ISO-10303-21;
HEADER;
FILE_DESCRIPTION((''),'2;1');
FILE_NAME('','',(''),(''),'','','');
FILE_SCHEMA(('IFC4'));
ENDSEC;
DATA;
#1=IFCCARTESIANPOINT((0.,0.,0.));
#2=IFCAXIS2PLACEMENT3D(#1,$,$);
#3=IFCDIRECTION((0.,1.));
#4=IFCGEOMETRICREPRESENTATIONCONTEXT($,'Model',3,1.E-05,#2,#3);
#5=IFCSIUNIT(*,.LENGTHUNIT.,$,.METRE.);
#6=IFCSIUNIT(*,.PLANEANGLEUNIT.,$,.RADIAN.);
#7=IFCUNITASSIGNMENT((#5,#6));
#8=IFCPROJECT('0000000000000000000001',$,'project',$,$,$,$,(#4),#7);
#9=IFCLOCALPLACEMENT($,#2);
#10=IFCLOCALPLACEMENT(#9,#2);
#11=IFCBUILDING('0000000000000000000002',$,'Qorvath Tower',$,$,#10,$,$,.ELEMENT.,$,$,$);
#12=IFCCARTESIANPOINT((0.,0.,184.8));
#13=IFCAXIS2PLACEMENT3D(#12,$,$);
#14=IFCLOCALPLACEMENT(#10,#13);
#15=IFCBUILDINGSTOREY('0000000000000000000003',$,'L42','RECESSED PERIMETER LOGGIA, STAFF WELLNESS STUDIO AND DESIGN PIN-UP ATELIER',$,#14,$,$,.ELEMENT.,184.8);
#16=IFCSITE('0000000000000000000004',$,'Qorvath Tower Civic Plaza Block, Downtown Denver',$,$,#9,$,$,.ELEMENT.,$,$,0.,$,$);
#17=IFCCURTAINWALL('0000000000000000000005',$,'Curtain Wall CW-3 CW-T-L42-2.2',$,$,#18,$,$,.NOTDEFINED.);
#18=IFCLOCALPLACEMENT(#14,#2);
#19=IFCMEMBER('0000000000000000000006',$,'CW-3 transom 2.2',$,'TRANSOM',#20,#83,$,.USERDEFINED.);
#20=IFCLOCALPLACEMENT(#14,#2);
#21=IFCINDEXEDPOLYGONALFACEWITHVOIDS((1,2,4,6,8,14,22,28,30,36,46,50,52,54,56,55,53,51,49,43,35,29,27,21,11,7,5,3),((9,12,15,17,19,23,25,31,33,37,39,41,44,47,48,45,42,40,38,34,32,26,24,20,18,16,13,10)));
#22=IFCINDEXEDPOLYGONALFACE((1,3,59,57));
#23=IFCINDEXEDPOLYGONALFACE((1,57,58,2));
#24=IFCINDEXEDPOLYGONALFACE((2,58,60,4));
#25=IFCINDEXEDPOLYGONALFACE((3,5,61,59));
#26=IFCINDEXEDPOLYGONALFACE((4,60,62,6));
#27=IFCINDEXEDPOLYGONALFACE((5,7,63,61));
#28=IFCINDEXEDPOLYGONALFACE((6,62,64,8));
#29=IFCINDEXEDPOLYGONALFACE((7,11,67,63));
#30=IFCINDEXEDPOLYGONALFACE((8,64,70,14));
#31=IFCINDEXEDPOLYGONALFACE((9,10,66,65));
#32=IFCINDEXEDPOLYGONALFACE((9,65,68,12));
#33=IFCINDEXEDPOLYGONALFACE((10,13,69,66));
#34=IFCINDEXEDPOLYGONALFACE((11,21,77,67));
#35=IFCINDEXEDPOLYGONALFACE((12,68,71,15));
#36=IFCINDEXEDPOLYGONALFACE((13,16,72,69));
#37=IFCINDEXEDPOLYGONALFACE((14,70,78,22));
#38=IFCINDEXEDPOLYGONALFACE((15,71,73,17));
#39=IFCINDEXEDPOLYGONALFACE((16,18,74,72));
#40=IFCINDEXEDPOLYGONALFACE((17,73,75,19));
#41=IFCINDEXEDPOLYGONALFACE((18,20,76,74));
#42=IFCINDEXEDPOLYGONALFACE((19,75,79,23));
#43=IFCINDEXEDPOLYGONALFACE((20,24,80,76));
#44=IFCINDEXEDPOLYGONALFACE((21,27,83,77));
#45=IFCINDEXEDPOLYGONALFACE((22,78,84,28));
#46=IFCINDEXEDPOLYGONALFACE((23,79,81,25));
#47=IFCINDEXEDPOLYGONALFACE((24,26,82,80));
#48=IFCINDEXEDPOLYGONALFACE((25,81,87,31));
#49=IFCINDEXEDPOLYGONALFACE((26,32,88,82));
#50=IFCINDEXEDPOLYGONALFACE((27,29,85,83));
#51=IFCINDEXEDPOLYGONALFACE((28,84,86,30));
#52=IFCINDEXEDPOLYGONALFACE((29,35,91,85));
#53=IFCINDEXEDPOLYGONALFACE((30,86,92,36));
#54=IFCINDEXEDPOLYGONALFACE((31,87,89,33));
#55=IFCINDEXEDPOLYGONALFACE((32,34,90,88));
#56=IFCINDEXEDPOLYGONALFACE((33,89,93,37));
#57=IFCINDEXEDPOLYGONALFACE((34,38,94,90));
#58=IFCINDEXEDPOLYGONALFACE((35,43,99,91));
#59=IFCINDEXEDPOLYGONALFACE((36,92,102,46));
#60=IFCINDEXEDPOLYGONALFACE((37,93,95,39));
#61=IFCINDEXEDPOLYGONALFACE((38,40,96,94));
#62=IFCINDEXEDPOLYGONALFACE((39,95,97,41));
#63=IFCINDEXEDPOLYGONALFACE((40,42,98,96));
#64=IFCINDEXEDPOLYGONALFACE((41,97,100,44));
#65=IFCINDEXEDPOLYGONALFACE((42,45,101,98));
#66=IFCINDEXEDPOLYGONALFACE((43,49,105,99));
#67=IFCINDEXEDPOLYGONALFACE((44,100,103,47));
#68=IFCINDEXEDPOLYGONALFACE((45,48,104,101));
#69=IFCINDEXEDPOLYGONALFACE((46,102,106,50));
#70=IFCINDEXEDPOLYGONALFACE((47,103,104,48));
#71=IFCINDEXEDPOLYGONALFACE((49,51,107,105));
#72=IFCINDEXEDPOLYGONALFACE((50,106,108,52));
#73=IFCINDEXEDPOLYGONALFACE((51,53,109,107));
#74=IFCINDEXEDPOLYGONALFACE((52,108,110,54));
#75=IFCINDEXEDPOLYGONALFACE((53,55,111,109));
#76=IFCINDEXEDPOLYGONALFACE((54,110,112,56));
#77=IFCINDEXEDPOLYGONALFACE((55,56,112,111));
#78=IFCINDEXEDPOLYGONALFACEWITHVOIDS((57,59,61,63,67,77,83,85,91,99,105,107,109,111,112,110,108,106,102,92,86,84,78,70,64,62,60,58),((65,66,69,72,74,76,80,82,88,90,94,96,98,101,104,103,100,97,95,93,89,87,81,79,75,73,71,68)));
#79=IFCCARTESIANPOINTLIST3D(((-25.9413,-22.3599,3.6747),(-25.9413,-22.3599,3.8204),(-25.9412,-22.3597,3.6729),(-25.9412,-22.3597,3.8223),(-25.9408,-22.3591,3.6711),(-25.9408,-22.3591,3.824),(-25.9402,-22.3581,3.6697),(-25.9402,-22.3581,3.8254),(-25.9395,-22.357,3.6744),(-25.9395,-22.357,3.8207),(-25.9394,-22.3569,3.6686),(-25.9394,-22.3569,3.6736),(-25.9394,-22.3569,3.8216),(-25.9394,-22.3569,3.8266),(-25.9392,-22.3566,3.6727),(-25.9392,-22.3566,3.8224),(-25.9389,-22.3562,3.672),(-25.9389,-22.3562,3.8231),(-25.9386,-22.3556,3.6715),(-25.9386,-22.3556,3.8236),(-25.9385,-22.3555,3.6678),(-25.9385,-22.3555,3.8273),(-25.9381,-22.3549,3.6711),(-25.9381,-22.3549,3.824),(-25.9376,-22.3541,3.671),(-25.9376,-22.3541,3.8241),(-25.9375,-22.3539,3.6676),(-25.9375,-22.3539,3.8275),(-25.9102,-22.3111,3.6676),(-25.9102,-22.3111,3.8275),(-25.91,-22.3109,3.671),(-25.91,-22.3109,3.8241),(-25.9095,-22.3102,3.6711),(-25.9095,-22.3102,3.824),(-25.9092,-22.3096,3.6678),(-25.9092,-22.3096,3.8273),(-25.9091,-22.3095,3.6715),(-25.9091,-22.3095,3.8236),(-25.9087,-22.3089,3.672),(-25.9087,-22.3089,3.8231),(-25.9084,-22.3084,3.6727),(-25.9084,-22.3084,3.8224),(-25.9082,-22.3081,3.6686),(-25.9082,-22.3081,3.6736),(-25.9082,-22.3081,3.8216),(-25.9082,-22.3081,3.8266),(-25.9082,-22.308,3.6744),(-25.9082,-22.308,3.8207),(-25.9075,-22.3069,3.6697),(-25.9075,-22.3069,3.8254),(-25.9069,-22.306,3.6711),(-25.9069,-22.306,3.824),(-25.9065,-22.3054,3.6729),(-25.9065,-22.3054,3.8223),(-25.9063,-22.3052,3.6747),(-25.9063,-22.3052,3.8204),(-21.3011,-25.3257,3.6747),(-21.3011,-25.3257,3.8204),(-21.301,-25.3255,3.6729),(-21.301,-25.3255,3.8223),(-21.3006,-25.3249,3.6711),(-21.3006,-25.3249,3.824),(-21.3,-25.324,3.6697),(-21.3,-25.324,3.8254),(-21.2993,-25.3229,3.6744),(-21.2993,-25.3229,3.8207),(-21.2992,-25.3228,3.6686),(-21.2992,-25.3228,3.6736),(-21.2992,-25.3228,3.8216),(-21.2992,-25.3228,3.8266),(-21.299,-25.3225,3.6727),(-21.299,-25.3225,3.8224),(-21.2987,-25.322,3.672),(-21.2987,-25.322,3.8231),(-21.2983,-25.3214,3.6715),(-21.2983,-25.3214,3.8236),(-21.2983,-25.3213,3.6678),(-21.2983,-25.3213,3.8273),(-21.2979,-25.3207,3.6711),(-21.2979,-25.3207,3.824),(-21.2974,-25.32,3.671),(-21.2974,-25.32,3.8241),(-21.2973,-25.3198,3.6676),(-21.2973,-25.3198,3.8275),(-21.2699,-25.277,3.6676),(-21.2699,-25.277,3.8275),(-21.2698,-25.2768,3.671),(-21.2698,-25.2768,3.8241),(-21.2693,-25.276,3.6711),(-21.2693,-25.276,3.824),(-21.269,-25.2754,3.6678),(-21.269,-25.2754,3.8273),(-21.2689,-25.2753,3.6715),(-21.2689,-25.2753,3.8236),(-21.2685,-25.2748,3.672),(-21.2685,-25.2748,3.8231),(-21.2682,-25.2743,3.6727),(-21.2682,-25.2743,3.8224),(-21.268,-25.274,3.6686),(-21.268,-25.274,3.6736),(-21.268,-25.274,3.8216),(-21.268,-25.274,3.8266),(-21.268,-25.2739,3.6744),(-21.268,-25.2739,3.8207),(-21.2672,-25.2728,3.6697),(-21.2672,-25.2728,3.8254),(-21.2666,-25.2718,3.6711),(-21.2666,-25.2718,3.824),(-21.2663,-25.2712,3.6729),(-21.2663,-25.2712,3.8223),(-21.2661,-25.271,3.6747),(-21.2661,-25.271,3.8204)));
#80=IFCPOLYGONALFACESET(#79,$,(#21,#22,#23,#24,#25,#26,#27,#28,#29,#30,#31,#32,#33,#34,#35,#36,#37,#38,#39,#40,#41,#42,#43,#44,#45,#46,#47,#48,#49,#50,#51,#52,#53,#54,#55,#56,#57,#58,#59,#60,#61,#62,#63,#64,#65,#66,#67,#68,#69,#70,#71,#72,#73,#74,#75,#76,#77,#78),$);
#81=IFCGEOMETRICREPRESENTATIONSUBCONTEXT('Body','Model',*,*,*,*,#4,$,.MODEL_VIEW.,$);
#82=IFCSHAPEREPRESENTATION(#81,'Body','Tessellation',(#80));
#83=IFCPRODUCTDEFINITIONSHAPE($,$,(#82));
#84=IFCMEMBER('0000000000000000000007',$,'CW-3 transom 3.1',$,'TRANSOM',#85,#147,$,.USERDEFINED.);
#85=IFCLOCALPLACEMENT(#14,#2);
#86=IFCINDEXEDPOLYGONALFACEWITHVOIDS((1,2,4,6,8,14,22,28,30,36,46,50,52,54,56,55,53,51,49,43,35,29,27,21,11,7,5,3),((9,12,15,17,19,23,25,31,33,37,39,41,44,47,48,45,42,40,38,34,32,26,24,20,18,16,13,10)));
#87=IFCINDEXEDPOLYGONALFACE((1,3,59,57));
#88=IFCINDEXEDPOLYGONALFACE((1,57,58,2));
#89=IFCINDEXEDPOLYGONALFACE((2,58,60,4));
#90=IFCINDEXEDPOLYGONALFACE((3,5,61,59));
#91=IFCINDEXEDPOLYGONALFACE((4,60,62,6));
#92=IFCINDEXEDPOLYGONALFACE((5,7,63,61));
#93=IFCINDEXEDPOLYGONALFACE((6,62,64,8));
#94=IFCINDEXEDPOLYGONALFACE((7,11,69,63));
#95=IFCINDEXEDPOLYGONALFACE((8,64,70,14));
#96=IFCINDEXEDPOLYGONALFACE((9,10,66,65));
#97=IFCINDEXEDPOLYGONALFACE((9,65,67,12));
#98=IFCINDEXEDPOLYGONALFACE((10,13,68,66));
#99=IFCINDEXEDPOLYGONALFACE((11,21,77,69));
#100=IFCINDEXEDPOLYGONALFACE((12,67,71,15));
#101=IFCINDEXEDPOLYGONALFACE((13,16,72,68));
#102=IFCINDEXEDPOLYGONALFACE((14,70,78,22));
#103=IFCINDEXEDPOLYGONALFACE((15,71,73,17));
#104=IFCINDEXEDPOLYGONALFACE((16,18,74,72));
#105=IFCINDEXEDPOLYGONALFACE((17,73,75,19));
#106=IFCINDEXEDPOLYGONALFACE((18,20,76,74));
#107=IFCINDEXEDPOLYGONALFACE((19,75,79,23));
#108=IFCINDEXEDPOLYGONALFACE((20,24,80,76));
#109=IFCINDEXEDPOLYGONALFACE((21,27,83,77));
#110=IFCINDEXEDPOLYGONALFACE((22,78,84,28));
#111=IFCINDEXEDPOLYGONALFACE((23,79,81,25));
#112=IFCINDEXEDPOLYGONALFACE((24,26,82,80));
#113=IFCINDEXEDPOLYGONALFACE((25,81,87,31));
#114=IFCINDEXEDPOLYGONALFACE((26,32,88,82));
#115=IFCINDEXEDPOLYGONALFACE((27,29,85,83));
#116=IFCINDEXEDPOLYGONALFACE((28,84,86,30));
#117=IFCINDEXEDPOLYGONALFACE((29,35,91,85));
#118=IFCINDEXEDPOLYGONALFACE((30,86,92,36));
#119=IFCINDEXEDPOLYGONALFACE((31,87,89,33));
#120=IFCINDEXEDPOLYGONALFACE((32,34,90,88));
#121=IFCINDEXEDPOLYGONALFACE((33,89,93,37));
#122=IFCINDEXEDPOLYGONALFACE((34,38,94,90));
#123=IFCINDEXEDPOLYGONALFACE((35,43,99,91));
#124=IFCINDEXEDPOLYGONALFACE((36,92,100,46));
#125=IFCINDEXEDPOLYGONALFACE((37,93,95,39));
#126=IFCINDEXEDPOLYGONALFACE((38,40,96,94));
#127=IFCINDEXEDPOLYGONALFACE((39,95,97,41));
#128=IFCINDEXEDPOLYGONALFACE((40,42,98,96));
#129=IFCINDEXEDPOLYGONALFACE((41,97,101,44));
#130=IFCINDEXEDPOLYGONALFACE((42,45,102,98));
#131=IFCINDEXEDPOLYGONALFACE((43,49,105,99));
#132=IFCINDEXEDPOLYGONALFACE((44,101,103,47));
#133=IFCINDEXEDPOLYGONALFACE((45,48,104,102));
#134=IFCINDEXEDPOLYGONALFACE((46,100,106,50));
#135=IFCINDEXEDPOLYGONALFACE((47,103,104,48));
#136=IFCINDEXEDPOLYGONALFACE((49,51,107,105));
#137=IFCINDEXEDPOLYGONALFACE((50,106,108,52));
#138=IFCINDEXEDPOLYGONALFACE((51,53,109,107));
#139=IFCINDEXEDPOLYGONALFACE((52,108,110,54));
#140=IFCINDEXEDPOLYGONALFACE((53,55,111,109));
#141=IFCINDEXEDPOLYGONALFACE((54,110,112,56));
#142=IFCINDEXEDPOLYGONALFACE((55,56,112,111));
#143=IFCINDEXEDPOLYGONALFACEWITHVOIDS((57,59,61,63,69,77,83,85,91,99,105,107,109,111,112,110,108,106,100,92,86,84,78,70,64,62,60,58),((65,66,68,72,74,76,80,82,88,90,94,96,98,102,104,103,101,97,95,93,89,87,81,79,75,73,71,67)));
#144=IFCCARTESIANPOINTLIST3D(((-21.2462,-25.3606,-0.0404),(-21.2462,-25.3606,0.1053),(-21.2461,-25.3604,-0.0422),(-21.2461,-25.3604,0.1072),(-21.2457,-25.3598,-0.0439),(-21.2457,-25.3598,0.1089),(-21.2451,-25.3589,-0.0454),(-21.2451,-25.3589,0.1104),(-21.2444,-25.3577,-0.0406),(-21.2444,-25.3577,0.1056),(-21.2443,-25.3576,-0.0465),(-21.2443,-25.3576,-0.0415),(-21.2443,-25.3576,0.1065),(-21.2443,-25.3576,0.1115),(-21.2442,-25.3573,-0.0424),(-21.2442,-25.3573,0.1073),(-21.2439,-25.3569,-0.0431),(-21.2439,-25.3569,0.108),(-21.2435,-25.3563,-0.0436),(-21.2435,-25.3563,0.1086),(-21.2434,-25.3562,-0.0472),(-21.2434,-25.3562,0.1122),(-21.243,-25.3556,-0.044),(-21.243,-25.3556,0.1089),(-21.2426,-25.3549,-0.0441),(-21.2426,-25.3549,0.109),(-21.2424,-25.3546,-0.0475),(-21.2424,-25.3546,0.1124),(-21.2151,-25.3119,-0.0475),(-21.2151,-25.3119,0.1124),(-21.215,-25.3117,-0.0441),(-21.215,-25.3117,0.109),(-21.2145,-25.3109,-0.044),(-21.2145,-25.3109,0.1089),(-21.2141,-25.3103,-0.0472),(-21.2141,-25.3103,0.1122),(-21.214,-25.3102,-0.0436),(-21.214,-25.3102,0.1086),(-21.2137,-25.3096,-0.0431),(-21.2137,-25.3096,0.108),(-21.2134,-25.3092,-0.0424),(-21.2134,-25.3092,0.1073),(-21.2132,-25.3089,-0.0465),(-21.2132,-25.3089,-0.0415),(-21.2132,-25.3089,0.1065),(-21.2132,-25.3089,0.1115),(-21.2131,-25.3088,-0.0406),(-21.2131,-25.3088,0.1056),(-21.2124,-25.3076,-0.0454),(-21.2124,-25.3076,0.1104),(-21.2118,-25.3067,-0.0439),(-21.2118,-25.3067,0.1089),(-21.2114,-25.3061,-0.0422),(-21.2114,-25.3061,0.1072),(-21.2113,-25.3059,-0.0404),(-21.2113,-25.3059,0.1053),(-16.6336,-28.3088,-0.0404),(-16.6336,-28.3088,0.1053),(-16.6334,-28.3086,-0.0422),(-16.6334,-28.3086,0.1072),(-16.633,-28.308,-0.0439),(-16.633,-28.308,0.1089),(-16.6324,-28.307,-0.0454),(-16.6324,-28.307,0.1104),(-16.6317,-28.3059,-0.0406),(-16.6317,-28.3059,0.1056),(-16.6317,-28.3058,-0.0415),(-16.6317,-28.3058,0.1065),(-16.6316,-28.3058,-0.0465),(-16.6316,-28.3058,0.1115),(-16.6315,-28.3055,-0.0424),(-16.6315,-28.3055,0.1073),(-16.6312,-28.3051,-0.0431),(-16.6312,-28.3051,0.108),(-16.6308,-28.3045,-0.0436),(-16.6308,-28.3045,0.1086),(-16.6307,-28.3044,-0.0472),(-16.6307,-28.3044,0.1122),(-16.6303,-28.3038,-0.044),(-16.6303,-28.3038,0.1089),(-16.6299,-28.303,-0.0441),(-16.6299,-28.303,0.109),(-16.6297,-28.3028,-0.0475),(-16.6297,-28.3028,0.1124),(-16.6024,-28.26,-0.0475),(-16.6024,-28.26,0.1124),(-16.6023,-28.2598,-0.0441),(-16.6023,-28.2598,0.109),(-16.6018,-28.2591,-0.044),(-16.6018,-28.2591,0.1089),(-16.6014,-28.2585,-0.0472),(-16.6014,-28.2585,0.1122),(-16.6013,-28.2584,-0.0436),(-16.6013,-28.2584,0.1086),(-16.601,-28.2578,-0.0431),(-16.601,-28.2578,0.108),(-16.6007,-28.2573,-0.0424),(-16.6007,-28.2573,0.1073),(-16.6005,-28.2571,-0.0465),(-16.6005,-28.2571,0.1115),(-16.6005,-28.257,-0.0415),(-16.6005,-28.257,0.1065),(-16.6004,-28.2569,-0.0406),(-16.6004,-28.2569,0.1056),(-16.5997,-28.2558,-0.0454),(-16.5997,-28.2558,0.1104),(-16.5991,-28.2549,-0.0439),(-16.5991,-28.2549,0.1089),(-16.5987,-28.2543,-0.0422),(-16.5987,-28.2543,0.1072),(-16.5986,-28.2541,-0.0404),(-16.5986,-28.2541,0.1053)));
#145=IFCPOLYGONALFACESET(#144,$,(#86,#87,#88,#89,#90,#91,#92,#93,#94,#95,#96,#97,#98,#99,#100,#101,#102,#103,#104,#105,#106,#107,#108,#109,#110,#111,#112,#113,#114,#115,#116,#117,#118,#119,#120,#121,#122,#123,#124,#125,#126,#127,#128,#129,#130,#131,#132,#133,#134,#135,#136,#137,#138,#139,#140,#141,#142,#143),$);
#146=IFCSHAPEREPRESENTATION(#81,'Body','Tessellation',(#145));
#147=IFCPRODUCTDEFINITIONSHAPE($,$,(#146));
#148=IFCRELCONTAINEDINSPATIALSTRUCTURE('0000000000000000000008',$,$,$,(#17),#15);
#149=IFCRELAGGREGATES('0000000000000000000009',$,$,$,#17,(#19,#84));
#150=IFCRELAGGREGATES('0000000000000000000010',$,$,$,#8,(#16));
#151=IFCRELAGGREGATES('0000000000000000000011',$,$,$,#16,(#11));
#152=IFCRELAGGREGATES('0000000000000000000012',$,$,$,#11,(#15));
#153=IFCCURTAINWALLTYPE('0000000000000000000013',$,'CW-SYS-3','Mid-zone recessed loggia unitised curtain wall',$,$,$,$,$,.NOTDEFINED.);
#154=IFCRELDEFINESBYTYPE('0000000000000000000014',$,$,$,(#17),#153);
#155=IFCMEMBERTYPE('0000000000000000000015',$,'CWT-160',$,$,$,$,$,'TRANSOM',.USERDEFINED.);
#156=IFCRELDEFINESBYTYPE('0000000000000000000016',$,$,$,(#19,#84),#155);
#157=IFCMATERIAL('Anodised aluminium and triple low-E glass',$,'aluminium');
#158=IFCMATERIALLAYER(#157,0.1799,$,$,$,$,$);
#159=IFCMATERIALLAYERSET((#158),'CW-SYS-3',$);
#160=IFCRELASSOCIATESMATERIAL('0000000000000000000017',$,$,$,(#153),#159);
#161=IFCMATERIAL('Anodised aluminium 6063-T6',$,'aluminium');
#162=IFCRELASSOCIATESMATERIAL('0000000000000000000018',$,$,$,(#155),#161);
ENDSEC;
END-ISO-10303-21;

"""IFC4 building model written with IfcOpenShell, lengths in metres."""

from ifc_helpers import new_model, si_unit, direction, frame, origin, origin_2d, place, context, subcontext, project, spatial, hollow_rectangle, extrude, material, layer, layer_set, material_profile, profile_set, type_object, element, aggregate, save


model = new_model("IFC4")

# Units and contexts
model_context = context("Model", 3, precision=1e-05, world=origin(), true_north=direction((0.0, 1.0)))
body_context = subcontext(model_context, "Body", "Model", "MODEL_VIEW")
ifc_project = project(units=[si_unit("LENGTHUNIT", "METRE"), si_unit("PLANEANGLEUNIT", "RADIAN")], contexts=[model_context])

# Site, building, storey
site_placement = place(None, origin())
site = spatial("IfcSite", under=ifc_project, at=site_placement, Name="Qorvath Tower Civic Plaza Block, Downtown Denver", CompositionType="ELEMENT", RefElevation=0.0)
building_placement = place(site_placement, origin())
building = spatial("IfcBuilding", under=site, at=building_placement, Name="Qorvath Tower", CompositionType="ELEMENT")
storey_placement = place(building_placement, frame((0.0, 0.0, 184.8)))
storey = spatial("IfcBuildingStorey", under=building, at=storey_placement, Name="L42", Description="RECESSED PERIMETER LOGGIA, STAFF WELLNESS STUDIO AND DESIGN PIN-UP ATELIER", CompositionType="ELEMENT", Elevation=184.8)

# Curtain wall, members
ifc_material_1 = material(Name="Anodised aluminium and triple low-E glass", Category="aluminium")
ifc_layer_1 = layer(ifc_material_1, 0.1799)
ifc_layer_set_1 = layer_set([ifc_layer_1], Name="CW-SYS-3")
curtain_wall_type = type_object("IfcCurtainWallType", Name="CW-SYS-3", Description="Mid-zone recessed loggia unitised curtain wall", PredefinedType="NOTDEFINED", material=ifc_layer_set_1)
curtain_wall_placement = place(storey_placement, origin())
curtain_wall = element("IfcCurtainWall", 1, at=curtain_wall_placement, inside=storey, type_object=curtain_wall_type, Name="Curtain Wall CW-3 CW-T-L42-2.2", PredefinedType="NOTDEFINED")
ifc_material_2 = material(Name="Anodised aluminium 6063-T6", Category="aluminium")
ifc_material_profile_1 = material_profile(ifc_material_2, hollow_rectangle(XDim=0.0649, YDim=0.1599, WallThickness=0.0034, InnerFilletRadius=0.0034, OuterFilletRadius=0.0071, at=origin_2d()), Name="CWT 160x65")
ifc_profile_set_1 = profile_set([ifc_material_profile_1], Name="Anodised aluminium 6063-T6")
member_type_1 = type_object("IfcMemberType", Name="CWT-160", ElementType="TRANSOM", PredefinedType="USERDEFINED", material=ifc_profile_set_1)
member_1_placement = place(storey_placement, frame((-25.9238, -22.3325, 3.7476), z_axis=(0.84259, -0.538555, 0.0), x_axis=(0.538555, 0.84259, 0.0)))
member_1 = element("IfcMember", 2, at=member_1_placement, type_object=member_type_1, Name="CW-3 transom 2.2", ObjectType="TRANSOM", PredefinedType="USERDEFINED", context=body_context, shape_type="SweptSolid", body=[
    extrude(hollow_rectangle(XDim=0.0649, YDim=0.1599, WallThickness=0.0034, InnerFilletRadius=0.0034, OuterFilletRadius=0.0071, at=origin_2d()), origin(), (0.0, 0.0, 1.0), 5.5071),
])
member_2_placement = place(storey_placement, frame((-21.2288, -25.3333, 0.0325), z_axis=(0.842598, -0.538542, 0.0), x_axis=(0.538542, 0.842598, 0.0)))
member_2 = element("IfcMember", 3, at=member_2_placement, type_object=member_type_1, Name="CW-3 transom 3.1", ObjectType="TRANSOM", PredefinedType="USERDEFINED", context=body_context, shape_type="SweptSolid", body=[
    extrude(hollow_rectangle(XDim=0.0649, YDim=0.1599, WallThickness=0.0034, InnerFilletRadius=0.0034, OuterFilletRadius=0.0071, at=origin_2d()), origin(), (0.0, 0.0, 1.0), 5.4744),
])
aggregate(curtain_wall, [member_1, member_2])

save(model, "model.ifc")
